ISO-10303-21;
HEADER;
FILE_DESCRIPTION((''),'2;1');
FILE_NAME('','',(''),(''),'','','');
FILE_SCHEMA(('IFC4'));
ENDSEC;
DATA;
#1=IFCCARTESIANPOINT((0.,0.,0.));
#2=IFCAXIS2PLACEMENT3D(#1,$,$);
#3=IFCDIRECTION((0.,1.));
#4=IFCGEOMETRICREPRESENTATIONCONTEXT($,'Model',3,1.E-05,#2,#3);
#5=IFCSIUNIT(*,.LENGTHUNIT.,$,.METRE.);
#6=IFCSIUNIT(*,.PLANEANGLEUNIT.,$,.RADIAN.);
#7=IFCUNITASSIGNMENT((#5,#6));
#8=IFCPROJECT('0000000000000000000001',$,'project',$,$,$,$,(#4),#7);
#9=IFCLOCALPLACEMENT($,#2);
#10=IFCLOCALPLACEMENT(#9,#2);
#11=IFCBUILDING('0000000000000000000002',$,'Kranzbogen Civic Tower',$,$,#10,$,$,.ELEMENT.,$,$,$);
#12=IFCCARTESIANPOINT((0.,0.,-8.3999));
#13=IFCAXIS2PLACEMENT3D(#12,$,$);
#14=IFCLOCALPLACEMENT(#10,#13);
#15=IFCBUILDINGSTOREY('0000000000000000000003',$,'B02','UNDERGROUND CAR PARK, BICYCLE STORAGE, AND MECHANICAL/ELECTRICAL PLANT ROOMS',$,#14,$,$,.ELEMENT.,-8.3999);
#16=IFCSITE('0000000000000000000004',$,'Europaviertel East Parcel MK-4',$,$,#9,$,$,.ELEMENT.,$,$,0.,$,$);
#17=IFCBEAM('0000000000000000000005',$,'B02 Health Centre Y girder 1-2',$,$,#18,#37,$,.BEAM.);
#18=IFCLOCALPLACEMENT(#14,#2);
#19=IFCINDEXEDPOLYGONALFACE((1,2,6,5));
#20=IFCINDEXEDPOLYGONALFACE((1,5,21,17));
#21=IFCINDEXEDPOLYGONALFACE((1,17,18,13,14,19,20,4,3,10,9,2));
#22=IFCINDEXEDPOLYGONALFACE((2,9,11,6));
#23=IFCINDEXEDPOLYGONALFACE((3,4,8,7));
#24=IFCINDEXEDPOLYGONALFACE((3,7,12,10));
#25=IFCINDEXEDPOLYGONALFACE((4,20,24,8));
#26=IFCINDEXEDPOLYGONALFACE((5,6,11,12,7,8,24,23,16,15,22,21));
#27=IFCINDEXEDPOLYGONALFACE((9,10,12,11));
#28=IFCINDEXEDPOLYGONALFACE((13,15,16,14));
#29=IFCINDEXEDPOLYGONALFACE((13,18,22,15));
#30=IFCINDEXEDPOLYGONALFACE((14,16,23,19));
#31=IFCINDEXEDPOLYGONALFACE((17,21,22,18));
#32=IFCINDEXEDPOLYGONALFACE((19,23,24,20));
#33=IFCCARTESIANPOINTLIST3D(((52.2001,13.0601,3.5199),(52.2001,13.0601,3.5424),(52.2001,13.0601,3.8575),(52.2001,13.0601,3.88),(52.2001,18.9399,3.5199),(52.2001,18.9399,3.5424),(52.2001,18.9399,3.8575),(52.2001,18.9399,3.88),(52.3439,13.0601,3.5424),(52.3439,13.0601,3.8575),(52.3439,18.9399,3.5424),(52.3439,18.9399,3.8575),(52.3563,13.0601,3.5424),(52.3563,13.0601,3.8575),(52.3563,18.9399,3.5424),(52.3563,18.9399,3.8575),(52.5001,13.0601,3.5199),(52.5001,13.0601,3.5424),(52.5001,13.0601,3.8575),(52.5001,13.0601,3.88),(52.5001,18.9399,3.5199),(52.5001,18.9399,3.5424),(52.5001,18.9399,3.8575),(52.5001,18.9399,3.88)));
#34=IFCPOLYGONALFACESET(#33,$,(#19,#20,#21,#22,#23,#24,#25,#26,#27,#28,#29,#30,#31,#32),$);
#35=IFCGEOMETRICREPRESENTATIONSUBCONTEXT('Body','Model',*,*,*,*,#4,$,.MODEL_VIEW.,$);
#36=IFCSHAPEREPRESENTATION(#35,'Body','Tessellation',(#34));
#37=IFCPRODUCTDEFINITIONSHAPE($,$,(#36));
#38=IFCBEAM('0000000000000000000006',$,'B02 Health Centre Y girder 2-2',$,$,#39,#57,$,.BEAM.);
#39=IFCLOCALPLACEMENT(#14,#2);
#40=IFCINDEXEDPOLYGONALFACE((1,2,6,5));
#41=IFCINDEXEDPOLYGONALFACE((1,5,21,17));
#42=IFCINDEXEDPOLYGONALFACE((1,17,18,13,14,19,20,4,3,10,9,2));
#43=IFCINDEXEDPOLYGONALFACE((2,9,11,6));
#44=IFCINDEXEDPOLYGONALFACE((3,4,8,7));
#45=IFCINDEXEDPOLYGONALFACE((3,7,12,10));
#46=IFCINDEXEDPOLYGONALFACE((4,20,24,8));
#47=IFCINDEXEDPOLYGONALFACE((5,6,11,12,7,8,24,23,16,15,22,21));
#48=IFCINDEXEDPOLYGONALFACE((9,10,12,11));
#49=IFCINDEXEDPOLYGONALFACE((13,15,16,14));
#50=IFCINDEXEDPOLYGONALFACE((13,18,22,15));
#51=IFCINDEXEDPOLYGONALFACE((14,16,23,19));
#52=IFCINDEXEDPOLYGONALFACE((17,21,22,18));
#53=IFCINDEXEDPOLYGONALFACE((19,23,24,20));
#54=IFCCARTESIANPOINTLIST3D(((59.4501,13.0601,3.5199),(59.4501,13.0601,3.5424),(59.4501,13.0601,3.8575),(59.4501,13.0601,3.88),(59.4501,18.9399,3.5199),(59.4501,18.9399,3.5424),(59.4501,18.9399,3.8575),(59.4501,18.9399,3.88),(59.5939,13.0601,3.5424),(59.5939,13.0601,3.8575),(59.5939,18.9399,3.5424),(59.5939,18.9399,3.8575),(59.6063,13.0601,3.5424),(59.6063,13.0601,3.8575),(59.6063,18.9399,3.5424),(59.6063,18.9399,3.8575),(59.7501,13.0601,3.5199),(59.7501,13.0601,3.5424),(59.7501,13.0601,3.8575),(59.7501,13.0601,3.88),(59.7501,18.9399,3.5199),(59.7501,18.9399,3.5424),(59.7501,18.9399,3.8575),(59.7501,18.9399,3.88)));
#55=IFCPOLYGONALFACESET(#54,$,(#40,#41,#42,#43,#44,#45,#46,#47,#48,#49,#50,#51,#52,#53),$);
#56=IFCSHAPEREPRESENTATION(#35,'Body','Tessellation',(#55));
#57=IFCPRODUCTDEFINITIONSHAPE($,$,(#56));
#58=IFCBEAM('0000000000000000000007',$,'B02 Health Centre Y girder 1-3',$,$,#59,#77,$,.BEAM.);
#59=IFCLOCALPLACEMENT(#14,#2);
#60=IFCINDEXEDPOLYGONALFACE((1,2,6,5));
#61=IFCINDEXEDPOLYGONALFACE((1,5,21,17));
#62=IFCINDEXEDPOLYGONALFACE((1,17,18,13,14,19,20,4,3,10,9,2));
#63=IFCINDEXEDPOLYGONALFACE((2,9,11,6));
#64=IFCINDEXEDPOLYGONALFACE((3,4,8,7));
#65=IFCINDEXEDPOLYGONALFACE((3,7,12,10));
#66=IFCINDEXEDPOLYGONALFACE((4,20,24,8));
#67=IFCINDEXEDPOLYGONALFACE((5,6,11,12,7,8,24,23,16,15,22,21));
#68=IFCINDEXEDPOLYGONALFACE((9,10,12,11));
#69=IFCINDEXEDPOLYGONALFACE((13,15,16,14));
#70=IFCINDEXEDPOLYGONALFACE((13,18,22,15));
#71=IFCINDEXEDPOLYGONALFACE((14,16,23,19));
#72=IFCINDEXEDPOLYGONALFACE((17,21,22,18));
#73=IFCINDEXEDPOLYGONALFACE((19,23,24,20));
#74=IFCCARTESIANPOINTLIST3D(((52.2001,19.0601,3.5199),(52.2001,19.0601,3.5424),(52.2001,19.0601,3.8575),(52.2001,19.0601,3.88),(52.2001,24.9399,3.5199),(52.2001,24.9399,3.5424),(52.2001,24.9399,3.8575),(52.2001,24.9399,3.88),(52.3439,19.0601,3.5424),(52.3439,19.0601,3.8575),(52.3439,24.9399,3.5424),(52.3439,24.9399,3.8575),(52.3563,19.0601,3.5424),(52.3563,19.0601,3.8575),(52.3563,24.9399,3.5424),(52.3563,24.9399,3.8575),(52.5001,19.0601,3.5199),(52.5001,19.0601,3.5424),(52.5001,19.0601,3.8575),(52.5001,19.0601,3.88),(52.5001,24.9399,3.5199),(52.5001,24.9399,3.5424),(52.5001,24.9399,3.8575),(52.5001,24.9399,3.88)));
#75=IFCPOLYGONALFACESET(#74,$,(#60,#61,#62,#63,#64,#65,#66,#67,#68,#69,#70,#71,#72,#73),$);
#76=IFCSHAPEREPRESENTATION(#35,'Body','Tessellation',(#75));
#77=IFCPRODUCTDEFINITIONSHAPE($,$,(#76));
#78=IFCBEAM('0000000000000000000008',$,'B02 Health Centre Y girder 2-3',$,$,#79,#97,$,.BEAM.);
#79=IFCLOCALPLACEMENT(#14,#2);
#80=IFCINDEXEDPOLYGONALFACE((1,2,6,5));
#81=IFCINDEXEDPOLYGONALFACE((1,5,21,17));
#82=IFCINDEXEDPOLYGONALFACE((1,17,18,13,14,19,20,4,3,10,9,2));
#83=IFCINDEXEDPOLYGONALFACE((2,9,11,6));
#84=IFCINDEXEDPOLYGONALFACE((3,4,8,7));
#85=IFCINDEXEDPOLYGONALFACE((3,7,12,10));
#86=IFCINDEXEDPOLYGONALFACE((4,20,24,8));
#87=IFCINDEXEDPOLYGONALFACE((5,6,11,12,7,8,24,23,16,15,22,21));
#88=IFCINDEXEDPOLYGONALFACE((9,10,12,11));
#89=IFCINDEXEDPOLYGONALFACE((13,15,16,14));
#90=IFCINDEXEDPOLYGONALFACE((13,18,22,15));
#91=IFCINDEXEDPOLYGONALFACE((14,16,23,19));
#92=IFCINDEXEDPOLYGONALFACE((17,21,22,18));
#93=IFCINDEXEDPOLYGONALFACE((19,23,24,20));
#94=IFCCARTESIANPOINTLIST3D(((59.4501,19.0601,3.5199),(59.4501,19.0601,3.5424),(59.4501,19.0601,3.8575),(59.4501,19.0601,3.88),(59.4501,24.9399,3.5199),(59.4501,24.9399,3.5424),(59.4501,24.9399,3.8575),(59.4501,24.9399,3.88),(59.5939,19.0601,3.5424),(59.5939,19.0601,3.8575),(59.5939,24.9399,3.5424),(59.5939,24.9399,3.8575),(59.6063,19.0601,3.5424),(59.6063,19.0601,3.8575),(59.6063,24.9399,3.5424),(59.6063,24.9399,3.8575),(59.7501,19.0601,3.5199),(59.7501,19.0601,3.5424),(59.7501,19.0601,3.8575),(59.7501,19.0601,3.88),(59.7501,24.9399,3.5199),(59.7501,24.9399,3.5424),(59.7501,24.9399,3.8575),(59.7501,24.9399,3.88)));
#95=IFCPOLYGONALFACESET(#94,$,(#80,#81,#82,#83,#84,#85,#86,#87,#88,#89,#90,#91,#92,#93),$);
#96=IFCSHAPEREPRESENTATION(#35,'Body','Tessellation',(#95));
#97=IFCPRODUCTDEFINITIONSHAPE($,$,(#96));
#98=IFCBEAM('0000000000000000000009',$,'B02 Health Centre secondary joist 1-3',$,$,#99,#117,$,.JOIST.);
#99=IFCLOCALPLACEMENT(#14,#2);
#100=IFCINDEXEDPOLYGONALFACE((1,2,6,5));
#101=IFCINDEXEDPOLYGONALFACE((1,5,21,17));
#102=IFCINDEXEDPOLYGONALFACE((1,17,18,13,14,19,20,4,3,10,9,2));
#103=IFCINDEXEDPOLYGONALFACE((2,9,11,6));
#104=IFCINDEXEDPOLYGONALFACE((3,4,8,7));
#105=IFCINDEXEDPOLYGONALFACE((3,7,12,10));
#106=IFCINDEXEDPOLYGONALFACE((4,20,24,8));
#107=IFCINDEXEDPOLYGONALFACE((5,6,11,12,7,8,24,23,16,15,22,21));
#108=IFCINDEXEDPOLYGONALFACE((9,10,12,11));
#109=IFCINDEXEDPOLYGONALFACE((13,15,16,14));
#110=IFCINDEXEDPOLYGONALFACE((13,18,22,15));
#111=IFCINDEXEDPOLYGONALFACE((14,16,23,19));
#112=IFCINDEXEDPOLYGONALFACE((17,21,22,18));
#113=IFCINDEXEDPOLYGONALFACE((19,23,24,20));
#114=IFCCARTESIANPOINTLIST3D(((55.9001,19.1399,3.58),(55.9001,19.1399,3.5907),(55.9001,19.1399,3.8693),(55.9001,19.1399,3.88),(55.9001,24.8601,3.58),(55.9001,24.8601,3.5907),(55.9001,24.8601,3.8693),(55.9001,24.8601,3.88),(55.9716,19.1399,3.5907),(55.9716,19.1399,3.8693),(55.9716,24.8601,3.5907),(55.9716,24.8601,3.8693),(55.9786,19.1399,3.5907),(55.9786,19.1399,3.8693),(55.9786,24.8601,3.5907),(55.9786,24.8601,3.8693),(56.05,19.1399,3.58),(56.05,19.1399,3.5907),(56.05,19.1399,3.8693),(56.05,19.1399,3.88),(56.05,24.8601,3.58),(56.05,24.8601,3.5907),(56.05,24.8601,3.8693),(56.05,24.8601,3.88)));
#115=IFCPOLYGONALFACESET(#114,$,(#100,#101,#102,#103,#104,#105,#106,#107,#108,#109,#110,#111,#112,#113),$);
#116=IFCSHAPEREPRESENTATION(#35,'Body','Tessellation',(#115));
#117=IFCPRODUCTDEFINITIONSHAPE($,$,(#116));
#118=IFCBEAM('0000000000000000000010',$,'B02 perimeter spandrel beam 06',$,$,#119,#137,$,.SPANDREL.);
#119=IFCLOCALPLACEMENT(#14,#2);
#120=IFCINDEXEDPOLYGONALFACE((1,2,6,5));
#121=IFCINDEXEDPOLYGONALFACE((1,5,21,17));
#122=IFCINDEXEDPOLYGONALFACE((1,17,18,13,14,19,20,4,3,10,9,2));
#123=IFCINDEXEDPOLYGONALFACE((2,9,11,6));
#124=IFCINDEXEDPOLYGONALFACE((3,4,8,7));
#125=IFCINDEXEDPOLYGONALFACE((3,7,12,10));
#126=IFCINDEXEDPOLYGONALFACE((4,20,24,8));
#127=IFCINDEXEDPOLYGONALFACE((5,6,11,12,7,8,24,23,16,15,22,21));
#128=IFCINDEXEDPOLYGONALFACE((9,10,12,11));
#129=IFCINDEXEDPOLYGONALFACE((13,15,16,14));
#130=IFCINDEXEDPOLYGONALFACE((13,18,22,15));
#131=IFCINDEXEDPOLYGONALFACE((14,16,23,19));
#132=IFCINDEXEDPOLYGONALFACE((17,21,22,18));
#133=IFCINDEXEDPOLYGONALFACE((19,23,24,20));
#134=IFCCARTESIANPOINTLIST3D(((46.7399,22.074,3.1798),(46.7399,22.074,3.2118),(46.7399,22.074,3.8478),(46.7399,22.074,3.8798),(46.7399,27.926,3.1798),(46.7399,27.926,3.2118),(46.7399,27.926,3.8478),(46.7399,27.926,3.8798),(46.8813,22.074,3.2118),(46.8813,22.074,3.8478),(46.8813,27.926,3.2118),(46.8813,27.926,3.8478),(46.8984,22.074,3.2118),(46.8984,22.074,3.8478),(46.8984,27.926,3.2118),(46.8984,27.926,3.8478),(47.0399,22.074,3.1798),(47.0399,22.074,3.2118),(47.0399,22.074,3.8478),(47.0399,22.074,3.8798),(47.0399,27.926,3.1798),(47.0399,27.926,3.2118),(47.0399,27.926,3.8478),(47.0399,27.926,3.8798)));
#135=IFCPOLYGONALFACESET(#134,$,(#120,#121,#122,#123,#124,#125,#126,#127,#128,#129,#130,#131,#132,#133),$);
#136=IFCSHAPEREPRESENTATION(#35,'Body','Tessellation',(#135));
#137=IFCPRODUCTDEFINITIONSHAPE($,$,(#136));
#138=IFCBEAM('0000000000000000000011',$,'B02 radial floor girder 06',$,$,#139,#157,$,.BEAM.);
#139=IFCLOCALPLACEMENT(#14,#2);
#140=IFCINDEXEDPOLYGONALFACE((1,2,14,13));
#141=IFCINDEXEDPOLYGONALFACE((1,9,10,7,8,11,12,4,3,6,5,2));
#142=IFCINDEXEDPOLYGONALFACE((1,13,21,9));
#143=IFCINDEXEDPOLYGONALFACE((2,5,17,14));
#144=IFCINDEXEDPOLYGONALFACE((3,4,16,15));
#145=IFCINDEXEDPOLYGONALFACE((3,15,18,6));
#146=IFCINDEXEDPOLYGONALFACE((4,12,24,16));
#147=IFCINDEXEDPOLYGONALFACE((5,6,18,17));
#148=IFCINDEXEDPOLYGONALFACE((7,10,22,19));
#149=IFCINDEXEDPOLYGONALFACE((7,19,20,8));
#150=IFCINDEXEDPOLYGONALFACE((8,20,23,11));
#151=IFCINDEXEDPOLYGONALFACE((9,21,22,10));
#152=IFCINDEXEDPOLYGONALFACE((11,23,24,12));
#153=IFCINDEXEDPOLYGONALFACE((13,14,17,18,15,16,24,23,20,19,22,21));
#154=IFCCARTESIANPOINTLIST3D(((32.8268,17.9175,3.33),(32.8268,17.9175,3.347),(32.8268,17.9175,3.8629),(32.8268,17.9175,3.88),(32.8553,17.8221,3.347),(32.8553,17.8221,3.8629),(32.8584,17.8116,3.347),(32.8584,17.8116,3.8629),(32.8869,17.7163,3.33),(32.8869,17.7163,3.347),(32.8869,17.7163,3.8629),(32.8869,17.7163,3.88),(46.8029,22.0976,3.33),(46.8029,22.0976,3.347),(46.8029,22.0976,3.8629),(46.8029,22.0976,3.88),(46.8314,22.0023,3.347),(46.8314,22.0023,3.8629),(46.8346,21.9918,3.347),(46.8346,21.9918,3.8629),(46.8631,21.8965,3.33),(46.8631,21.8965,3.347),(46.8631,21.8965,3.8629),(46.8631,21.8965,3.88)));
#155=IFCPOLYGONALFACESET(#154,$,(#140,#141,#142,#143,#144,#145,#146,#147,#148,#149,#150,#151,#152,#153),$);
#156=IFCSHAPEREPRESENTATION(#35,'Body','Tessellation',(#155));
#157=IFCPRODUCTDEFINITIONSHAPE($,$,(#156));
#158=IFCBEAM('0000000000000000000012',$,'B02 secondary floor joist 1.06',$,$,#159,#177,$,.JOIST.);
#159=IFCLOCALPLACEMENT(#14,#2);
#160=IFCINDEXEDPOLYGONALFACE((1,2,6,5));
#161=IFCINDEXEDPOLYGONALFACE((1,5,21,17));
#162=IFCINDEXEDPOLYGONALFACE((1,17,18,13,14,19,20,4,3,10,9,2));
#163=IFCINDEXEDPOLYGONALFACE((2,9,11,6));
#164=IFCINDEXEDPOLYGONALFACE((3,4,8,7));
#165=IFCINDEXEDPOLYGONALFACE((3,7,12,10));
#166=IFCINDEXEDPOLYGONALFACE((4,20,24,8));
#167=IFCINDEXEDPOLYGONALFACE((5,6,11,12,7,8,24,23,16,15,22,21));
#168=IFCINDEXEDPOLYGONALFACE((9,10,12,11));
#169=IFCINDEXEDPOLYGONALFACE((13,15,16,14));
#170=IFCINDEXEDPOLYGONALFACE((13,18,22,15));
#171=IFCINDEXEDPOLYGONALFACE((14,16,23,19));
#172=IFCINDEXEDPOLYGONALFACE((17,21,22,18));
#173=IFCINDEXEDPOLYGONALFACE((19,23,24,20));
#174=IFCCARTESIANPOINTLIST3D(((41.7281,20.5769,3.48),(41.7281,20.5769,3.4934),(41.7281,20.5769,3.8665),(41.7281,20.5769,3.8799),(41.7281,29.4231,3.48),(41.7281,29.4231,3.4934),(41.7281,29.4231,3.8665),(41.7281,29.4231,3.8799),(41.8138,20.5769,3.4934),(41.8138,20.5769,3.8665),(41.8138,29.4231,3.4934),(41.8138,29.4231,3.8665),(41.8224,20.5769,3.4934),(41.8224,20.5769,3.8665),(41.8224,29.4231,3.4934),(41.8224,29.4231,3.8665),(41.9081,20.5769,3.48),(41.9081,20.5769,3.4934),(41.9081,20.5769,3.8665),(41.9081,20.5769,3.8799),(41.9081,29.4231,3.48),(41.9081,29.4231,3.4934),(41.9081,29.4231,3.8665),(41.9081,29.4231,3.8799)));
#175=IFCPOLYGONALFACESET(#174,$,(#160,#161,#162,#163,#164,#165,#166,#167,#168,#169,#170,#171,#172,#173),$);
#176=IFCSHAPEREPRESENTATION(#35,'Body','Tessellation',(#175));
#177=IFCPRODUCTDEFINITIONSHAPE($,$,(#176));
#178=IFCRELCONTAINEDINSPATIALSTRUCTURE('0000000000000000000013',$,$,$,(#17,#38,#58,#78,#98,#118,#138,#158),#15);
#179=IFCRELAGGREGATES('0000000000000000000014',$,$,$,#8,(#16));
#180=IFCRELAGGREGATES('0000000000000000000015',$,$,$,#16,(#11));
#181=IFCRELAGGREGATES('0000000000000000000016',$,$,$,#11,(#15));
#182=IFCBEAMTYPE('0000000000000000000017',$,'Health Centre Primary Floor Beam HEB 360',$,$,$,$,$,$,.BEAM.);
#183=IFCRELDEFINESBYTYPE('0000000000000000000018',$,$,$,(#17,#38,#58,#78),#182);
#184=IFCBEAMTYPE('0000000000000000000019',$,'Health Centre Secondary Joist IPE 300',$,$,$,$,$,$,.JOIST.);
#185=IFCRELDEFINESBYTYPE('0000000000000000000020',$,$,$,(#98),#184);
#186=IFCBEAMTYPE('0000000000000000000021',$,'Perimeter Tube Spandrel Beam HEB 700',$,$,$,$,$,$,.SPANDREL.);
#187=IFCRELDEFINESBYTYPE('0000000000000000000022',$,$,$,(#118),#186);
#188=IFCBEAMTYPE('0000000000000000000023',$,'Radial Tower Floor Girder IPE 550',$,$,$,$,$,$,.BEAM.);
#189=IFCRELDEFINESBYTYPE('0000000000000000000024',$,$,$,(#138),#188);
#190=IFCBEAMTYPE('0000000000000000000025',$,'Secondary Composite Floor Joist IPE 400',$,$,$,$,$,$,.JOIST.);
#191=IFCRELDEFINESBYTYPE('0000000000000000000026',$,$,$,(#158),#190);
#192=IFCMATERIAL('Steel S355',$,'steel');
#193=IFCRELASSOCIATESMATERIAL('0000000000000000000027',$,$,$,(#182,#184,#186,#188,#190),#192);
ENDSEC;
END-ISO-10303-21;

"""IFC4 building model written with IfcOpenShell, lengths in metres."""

from ifc_helpers import new_model, si_unit, direction, frame, origin, origin_2d, place, context, subcontext, project, spatial, i_section, extrude, material, material_profile, profile_set, type_object, element, save


model = new_model("IFC4")

# Units and contexts
model_context = context("Model", 3, precision=1e-05, world=origin(), true_north=direction((0.0, 1.0)))
body_context = subcontext(model_context, "Body", "Model", "MODEL_VIEW")
ifc_project = project(units=[si_unit("LENGTHUNIT", "METRE"), si_unit("PLANEANGLEUNIT", "RADIAN")], contexts=[model_context])

# Site, building, storey
site_placement = place(None, origin())
site = spatial("IfcSite", under=ifc_project, at=site_placement, Name="Europaviertel East Parcel MK-4", CompositionType="ELEMENT", RefElevation=0.0)
building_placement = place(site_placement, origin())
building = spatial("IfcBuilding", under=site, at=building_placement, Name="Kranzbogen Civic Tower", CompositionType="ELEMENT")
storey_placement = place(building_placement, frame((0.0, 0.0, -8.3999)))
storey = spatial("IfcBuildingStorey", under=building, at=storey_placement, Name="B02", Description="UNDERGROUND CAR PARK, BICYCLE STORAGE, AND MECHANICAL/ELECTRICAL PLANT ROOMS", CompositionType="ELEMENT", Elevation=-8.3999)

# Shared definitions
ifc_material_1 = material(Name="Steel S355", Category="steel")

# Beams
ifc_material_profile_1 = material_profile(ifc_material_1, i_section(OverallWidth=0.3, OverallDepth=0.3601, WebThickness=0.0125, FlangeThickness=0.0225, at=origin_2d()), Name="HEB 360")
ifc_profile_set_1 = profile_set([ifc_material_profile_1], Name="Steel S355")
beam_type_1 = type_object("IfcBeamType", Name="Health Centre Primary Floor Beam HEB 360", PredefinedType="BEAM", material=ifc_profile_set_1)
for number, where, z_axis, x_axis, name in (
    (1, (52.3501, 13.0601, 3.7), (0.0, 1.0, 0.0), (-1.0, 0.0, 0.0), "B02 Health Centre Y girder 1-2"),
    (2, (59.6001, 13.0601, 3.7), (0.0, 1.0, 0.0), (-1.0, 0.0, 0.0), "B02 Health Centre Y girder 2-2"),
    (3, (52.3501, 19.0601, 3.7), (0.0, 1.0, 0.0), (-1.0, 0.0, 0.0), "B02 Health Centre Y girder 1-3"),
    (4, (59.6001, 19.0601, 3.7), (0.0, 1.0, 0.0), (-1.0, 0.0, 0.0), "B02 Health Centre Y girder 2-3"),
):
    element("IfcBeam", number, at=place(storey_placement, frame(where, z_axis=z_axis, x_axis=x_axis)), inside=storey, type_object=beam_type_1, Name=name, PredefinedType="BEAM", context=body_context, shape_type="SweptSolid", body=[
        extrude(i_section(OverallWidth=0.3, OverallDepth=0.3601, WebThickness=0.0125, FlangeThickness=0.0225, at=origin_2d()), origin(), (0.0, 0.0, 1.0), 5.8799),
    ])
ifc_material_profile_2 = material_profile(ifc_material_1, i_section(OverallWidth=0.1499, OverallDepth=0.3, WebThickness=0.0071, FlangeThickness=0.0107, at=origin_2d()), Name="IPE 300")
ifc_profile_set_2 = profile_set([ifc_material_profile_2], Name="Steel S355")
beam_type_2 = type_object("IfcBeamType", Name="Health Centre Secondary Joist IPE 300", PredefinedType="JOIST", material=ifc_profile_set_2)
beam_1_placement = place(storey_placement, frame((55.9751, 19.1399, 3.73), z_axis=(0.0, 1.0, 0.0), x_axis=(-1.0, 0.0, 0.0)))
element("IfcBeam", 5, at=beam_1_placement, inside=storey, type_object=beam_type_2, Name="B02 Health Centre secondary joist 1-3", PredefinedType="JOIST", context=body_context, shape_type="SweptSolid", body=[
    extrude(i_section(OverallWidth=0.1499, OverallDepth=0.3, WebThickness=0.0071, FlangeThickness=0.0107, at=origin_2d()), origin(), (0.0, 0.0, 1.0), 5.7202),
])
ifc_material_profile_3 = material_profile(ifc_material_1, i_section(OverallWidth=0.3, OverallDepth=0.7, WebThickness=0.0171, FlangeThickness=0.032, at=origin_2d()), Name="HEB 700")
ifc_profile_set_3 = profile_set([ifc_material_profile_3], Name="Steel S355")
beam_type_3 = type_object("IfcBeamType", Name="Perimeter Tube Spandrel Beam HEB 700", PredefinedType="SPANDREL", material=ifc_profile_set_3)
beam_2_placement = place(storey_placement, frame((46.8899, 22.074, 3.5298), z_axis=(0.0, 1.0, 0.0), x_axis=(-1.0, 0.0, 0.0)))
element("IfcBeam", 6, at=beam_2_placement, inside=storey, type_object=beam_type_3, Name="B02 perimeter spandrel beam 06", PredefinedType="SPANDREL", context=body_context, shape_type="SweptSolid", body=[
    extrude(i_section(OverallWidth=0.3, OverallDepth=0.7, WebThickness=0.0171, FlangeThickness=0.032, at=origin_2d()), origin(), (0.0, 0.0, 1.0), 5.8521),
])
ifc_material_profile_4 = material_profile(ifc_material_1, i_section(OverallWidth=0.21, OverallDepth=0.55, WebThickness=0.011, FlangeThickness=0.0171, at=origin_2d()), Name="IPE 550")
ifc_profile_set_4 = profile_set([ifc_material_profile_4], Name="Steel S355")
beam_type_4 = type_object("IfcBeamType", Name="Radial Tower Floor Girder IPE 550", PredefinedType="BEAM", material=ifc_profile_set_4)
beam_3_placement = place(storey_placement, frame((46.833, 21.9971, 3.605), z_axis=(-0.958065, -0.286552, 0.0), x_axis=(0.286552, -0.958065, 0.0)))
element("IfcBeam", 7, at=beam_3_placement, inside=storey, type_object=beam_type_4, Name="B02 radial floor girder 06", PredefinedType="BEAM", context=body_context, shape_type="SweptSolid", body=[
    extrude(i_section(OverallWidth=0.21, OverallDepth=0.55, WebThickness=0.011, FlangeThickness=0.0171, at=origin_2d()), origin(), (0.0, 0.0, 1.0), 14.5879),
])
ifc_material_profile_5 = material_profile(ifc_material_1, i_section(OverallWidth=0.1799, OverallDepth=0.3999, WebThickness=0.0085, FlangeThickness=0.0134, at=origin_2d()), Name="IPE 400")
ifc_profile_set_5 = profile_set([ifc_material_profile_5], Name="Steel S355")
beam_type_5 = type_object("IfcBeamType", Name="Secondary Composite Floor Joist IPE 400", PredefinedType="JOIST", material=ifc_profile_set_5)
beam_4_placement = place(storey_placement, frame((41.8181, 20.5769, 3.6799), z_axis=(0.0, 1.0, 0.0), x_axis=(-1.0, 0.0, 0.0)))
element("IfcBeam", 8, at=beam_4_placement, inside=storey, type_object=beam_type_5, Name="B02 secondary floor joist 1.06", PredefinedType="JOIST", context=body_context, shape_type="SweptSolid", body=[
    extrude(i_section(OverallWidth=0.1799, OverallDepth=0.3999, WebThickness=0.0085, FlangeThickness=0.0134, at=origin_2d()), origin(), (0.0, 0.0, 1.0), 8.8462),
])

save(model, "model.ifc")
